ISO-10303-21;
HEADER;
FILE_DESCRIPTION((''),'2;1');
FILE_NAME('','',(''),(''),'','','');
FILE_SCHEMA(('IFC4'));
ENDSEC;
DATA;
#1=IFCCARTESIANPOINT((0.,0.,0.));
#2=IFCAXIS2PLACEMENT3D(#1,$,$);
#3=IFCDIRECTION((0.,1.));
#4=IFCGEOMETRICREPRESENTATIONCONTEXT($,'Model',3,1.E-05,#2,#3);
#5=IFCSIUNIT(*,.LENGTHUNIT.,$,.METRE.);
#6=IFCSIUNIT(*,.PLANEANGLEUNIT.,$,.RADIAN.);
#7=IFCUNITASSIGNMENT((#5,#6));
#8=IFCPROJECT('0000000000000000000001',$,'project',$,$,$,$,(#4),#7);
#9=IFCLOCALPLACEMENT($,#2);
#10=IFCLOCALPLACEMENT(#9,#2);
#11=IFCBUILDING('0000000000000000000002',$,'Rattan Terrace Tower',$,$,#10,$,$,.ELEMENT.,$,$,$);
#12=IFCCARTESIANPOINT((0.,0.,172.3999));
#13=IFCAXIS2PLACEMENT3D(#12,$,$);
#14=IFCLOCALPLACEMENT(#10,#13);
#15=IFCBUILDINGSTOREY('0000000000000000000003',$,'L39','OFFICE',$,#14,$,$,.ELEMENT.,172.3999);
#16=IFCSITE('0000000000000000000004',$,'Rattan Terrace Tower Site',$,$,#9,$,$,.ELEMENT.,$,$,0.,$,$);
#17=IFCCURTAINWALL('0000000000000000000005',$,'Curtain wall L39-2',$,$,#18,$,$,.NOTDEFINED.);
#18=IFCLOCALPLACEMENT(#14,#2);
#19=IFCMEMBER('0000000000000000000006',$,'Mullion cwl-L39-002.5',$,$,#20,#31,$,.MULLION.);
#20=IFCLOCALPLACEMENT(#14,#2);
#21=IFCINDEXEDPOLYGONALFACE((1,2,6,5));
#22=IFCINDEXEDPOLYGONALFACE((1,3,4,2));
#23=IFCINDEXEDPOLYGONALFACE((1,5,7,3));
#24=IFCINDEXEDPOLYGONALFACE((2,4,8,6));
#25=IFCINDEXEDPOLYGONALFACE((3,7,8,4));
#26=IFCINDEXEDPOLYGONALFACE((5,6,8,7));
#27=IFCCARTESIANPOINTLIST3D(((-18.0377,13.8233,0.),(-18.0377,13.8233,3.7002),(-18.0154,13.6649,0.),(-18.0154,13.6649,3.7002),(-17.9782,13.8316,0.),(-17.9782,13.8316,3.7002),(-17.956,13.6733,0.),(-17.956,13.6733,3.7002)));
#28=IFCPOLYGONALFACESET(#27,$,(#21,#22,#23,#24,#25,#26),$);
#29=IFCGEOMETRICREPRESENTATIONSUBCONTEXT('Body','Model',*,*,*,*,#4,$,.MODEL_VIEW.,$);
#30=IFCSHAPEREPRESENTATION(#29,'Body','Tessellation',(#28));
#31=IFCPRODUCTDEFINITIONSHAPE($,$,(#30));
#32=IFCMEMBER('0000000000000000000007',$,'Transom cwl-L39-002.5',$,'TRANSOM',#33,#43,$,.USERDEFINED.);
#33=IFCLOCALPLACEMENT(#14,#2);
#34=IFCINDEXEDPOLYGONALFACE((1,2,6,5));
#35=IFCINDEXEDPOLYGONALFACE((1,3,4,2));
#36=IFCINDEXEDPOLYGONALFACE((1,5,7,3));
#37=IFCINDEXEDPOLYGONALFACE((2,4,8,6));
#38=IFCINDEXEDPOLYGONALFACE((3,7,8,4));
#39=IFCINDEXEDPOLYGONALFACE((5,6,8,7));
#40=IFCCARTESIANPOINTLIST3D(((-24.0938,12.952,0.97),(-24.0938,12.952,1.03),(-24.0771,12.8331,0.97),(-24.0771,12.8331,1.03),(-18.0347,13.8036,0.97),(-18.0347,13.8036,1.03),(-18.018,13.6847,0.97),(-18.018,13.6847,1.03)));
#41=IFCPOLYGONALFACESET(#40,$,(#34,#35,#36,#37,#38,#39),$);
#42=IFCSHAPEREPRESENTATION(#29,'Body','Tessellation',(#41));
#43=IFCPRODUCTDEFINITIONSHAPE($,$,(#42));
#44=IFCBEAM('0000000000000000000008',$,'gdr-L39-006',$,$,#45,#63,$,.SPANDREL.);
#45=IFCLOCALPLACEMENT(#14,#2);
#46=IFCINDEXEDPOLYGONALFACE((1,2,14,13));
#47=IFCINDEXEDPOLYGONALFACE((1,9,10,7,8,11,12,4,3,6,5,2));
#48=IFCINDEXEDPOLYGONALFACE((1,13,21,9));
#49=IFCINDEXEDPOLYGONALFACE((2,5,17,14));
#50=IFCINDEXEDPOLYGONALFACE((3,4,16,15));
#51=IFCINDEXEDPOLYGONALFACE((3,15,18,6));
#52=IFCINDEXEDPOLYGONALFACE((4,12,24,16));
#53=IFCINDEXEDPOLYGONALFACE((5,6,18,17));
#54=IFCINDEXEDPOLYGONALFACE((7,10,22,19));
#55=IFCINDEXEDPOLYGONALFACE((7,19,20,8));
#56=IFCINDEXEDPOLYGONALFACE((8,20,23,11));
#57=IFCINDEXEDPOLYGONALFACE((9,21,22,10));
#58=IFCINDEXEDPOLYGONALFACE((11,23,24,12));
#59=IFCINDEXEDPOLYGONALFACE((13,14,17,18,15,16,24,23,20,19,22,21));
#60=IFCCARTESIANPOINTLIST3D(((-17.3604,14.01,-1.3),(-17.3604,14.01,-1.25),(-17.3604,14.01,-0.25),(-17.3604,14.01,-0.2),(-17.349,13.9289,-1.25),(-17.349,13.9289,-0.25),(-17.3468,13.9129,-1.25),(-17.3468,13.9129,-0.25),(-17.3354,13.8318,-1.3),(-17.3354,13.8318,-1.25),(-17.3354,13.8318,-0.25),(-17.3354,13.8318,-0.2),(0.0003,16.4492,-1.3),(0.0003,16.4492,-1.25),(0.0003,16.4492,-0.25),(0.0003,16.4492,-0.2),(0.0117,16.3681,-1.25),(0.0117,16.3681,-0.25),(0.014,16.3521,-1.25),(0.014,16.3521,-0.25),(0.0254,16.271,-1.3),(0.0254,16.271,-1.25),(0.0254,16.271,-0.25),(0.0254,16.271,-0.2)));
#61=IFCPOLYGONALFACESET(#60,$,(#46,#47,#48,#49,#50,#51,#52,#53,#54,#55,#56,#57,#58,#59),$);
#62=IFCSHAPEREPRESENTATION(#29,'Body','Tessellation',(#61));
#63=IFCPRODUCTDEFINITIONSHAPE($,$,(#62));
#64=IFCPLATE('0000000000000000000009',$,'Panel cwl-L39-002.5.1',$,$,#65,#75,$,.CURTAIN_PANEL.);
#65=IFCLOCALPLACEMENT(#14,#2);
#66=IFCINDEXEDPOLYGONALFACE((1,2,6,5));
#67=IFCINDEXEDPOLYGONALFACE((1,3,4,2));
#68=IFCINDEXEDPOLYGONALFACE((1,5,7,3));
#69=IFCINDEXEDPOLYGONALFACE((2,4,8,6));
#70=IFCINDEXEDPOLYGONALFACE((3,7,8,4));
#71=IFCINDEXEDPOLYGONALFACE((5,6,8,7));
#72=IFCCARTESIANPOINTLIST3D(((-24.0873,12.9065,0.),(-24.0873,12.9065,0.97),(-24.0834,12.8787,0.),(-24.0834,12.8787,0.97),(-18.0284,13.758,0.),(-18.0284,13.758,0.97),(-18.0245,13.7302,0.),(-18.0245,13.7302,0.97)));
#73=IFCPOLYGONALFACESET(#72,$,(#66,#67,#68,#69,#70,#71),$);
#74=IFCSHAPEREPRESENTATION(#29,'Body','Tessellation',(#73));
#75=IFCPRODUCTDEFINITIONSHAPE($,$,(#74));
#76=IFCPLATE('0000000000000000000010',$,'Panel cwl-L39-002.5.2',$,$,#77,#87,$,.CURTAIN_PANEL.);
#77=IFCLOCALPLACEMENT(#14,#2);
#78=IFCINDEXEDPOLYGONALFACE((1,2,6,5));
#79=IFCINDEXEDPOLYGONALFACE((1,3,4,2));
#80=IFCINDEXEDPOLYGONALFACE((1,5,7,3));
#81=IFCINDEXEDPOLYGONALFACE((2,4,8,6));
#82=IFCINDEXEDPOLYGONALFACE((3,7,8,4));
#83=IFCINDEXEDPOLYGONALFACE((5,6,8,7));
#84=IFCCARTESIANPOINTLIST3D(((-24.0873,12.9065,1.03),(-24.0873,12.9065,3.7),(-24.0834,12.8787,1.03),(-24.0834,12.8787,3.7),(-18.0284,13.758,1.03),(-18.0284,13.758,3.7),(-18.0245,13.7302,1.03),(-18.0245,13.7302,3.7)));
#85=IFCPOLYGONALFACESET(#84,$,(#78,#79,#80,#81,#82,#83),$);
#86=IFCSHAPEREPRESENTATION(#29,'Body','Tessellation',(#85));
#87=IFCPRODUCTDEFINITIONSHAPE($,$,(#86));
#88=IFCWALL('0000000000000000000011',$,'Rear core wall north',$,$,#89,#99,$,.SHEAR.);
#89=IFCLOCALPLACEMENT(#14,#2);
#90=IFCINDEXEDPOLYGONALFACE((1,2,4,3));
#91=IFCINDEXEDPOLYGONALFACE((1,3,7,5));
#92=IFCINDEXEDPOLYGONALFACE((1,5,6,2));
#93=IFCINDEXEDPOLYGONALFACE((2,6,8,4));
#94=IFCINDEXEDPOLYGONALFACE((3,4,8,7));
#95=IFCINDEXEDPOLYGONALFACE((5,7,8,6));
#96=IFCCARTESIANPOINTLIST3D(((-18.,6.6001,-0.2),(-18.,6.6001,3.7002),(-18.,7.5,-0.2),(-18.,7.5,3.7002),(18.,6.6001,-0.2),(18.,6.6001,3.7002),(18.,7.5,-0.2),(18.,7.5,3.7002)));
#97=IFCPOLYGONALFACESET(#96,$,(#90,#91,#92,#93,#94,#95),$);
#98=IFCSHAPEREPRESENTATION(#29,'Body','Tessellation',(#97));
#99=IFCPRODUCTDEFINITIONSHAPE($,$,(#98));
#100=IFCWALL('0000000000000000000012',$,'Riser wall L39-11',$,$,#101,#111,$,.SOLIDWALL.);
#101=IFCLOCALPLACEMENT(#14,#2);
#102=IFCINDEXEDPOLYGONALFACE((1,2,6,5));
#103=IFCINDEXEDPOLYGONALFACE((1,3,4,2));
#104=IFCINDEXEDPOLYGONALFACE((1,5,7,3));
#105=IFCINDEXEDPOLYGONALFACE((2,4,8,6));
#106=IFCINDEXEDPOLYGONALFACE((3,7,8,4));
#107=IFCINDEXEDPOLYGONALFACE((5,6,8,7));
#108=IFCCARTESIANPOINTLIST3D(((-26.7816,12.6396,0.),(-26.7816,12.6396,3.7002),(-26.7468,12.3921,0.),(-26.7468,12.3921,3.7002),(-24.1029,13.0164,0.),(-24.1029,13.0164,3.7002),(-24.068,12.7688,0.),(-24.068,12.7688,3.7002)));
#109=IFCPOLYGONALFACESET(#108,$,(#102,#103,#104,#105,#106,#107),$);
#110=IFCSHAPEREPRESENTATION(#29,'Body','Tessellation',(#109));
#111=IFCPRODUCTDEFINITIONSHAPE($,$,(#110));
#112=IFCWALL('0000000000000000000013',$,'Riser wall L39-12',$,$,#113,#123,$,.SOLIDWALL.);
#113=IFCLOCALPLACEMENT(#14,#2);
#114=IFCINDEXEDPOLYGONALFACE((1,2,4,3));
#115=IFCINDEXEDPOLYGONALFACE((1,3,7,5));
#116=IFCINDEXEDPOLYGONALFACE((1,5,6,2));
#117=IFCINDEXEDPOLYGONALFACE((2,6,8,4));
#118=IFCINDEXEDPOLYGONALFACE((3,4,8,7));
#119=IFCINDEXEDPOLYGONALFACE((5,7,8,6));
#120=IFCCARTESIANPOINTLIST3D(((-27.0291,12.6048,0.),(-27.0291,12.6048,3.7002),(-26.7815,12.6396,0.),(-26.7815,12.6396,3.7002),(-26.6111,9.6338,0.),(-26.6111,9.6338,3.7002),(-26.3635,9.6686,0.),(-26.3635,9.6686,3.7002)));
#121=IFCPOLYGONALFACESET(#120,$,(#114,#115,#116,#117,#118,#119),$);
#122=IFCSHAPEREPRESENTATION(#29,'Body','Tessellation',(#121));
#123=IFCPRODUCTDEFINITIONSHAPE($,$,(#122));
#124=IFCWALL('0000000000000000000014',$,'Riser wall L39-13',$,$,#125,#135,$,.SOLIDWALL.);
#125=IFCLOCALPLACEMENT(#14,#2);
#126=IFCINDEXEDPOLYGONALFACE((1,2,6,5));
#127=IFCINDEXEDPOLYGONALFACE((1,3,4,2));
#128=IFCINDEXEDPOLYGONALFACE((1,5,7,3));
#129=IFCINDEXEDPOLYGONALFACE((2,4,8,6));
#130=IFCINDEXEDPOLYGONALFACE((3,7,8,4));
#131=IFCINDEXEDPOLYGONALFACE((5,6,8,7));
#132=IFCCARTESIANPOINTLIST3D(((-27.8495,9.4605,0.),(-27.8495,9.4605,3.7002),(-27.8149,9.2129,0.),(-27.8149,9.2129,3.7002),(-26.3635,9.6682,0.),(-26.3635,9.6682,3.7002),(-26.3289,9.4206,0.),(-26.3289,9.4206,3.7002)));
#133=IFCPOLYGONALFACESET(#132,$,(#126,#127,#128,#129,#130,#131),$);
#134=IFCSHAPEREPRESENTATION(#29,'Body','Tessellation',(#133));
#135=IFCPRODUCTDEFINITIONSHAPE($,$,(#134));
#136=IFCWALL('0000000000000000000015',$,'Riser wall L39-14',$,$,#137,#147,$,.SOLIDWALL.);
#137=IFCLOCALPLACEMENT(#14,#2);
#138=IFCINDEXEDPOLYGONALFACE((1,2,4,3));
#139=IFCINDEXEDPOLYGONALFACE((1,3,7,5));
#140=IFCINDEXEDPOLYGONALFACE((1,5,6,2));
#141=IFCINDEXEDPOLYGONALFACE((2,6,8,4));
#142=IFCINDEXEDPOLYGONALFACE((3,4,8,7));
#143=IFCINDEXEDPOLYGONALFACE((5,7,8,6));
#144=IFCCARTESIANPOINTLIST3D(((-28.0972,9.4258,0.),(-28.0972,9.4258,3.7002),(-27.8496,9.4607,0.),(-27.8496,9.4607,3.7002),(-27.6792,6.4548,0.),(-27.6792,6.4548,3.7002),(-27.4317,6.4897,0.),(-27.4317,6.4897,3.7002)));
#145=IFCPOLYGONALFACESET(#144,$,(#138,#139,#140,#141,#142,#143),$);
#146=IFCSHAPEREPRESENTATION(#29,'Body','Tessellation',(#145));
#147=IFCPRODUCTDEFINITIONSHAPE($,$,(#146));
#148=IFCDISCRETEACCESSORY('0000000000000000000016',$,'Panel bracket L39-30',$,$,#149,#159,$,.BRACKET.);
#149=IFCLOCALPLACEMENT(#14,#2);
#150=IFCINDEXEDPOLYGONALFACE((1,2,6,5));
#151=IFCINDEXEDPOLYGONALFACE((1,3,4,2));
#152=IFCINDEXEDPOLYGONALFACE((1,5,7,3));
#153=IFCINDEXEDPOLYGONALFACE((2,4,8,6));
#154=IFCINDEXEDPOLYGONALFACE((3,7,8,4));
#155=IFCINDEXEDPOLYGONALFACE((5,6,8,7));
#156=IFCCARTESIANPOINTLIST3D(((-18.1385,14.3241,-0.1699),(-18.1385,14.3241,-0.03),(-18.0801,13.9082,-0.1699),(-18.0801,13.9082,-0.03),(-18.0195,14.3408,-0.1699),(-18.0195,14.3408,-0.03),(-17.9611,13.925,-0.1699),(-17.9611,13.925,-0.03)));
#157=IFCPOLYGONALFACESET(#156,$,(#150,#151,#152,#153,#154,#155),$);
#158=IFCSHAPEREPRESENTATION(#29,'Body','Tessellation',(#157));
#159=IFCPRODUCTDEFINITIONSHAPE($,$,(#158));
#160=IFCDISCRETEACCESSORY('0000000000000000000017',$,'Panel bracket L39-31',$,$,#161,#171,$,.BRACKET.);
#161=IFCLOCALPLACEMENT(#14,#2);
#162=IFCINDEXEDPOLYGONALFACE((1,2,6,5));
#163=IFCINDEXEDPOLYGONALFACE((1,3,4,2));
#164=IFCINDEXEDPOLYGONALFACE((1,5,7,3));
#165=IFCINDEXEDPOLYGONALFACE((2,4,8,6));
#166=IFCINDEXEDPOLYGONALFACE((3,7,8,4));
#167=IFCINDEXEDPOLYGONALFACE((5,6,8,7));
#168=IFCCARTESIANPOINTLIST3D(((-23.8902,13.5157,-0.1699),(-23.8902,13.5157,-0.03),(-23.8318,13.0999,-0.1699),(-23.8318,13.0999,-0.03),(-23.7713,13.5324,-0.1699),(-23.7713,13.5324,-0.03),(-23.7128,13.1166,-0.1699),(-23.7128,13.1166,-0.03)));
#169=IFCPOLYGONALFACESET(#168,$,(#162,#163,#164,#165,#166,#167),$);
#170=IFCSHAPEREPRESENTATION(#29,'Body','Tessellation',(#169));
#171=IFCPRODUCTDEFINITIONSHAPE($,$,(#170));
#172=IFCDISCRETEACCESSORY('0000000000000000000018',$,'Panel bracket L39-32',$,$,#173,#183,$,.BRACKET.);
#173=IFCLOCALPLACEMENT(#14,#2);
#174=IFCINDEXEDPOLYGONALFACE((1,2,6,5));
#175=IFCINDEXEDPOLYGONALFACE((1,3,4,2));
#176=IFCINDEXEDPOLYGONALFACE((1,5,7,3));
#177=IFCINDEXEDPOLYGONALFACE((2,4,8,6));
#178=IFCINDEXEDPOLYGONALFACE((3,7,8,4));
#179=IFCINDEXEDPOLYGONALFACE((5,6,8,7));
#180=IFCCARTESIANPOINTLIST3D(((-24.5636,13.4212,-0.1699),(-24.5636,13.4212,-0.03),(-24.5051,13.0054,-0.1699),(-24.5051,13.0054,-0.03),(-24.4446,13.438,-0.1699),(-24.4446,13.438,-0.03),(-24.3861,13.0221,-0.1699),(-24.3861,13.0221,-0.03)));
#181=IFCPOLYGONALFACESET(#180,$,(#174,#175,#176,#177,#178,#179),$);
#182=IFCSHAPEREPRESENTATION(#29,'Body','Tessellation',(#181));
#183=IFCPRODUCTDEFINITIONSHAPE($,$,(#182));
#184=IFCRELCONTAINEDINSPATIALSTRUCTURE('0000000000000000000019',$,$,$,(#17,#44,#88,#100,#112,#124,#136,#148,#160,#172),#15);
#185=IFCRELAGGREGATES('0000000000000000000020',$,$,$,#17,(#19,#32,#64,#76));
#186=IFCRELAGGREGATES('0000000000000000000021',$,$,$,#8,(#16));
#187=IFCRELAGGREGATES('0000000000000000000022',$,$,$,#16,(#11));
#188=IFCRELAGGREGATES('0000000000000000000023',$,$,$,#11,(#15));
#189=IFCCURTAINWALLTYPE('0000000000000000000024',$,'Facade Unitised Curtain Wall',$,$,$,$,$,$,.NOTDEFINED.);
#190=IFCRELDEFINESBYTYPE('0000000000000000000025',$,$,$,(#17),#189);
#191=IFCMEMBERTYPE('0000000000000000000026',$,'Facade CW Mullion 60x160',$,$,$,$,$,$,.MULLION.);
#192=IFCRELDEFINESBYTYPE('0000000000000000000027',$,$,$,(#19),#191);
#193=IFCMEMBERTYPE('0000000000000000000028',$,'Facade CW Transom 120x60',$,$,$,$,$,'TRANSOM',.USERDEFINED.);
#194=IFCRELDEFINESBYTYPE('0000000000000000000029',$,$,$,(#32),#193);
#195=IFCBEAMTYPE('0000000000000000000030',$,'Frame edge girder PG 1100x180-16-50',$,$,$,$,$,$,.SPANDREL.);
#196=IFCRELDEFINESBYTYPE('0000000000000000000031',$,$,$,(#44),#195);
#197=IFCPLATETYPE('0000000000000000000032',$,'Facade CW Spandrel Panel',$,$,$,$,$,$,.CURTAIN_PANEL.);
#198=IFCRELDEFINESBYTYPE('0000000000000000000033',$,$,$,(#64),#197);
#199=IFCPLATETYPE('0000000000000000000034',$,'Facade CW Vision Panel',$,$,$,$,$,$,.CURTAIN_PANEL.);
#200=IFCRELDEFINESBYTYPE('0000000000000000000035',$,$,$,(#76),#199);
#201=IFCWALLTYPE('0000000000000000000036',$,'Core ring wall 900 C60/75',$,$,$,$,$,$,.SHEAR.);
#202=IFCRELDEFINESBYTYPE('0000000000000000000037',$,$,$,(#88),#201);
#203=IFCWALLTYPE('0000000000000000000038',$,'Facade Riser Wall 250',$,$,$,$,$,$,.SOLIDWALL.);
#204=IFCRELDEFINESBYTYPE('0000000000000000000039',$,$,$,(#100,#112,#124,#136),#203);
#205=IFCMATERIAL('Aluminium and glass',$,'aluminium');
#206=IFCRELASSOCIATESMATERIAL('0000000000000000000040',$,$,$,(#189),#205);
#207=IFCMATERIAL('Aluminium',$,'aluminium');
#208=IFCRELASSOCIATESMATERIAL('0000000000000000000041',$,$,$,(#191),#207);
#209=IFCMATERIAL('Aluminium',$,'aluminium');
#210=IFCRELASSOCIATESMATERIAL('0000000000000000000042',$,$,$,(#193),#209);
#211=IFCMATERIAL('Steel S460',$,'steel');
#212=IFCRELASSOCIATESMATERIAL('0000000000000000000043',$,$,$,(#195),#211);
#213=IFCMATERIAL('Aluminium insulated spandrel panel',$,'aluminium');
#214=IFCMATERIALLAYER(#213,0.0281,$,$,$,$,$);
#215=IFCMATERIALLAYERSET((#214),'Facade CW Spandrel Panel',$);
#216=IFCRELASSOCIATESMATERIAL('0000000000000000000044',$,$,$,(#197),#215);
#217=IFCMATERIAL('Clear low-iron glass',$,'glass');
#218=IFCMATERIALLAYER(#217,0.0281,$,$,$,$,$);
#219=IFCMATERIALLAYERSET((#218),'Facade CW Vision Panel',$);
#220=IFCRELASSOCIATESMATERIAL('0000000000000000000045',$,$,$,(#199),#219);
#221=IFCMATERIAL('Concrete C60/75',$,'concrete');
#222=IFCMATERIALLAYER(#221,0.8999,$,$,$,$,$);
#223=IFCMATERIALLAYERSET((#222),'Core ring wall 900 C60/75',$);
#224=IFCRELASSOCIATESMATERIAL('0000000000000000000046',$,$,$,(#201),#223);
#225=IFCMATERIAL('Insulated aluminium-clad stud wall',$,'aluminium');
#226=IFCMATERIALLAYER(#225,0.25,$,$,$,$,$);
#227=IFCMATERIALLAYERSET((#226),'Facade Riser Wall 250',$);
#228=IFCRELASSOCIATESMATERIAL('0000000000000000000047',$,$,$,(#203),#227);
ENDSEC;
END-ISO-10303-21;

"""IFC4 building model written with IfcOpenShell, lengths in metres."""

from ifc_helpers import new_model, si_unit, direction, frame, frame_2d, origin, origin_2d, place, context, subcontext, project, spatial, rectangle, i_section, extrude, material, layer, layer_set, material_profile, profile_set, type_object, element, aggregate, save


model = new_model("IFC4")

# Units and contexts
model_context = context("Model", 3, precision=1e-05, world=origin(), true_north=direction((0.0, 1.0)))
body_context = subcontext(model_context, "Body", "Model", "MODEL_VIEW")
ifc_project = project(units=[si_unit("LENGTHUNIT", "METRE"), si_unit("PLANEANGLEUNIT", "RADIAN")], contexts=[model_context])

# Site, building, storey
site_placement = place(None, origin())
site = spatial("IfcSite", under=ifc_project, at=site_placement, Name="Rattan Terrace Tower Site", CompositionType="ELEMENT", RefElevation=0.0)
building_placement = place(site_placement, origin())
building = spatial("IfcBuilding", under=site, at=building_placement, Name="Rattan Terrace Tower", CompositionType="ELEMENT")
storey_placement = place(building_placement, frame((0.0, 0.0, 172.3999)))
storey = spatial("IfcBuildingStorey", under=building, at=storey_placement, Name="L39", Description="OFFICE", CompositionType="ELEMENT", Elevation=172.3999)

# Curtain wall, members
ifc_material_1 = material(Name="Aluminium and glass", Category="aluminium")
curtain_wall_type = type_object("IfcCurtainWallType", Name="Facade Unitised Curtain Wall", PredefinedType="NOTDEFINED", material=ifc_material_1)
curtain_wall_placement = place(storey_placement, origin())
curtain_wall = element("IfcCurtainWall", 1, at=curtain_wall_placement, inside=storey, type_object=curtain_wall_type, Name="Curtain wall L39-2", PredefinedType="NOTDEFINED")
ifc_material_2 = material(Name="Aluminium", Category="aluminium")
ifc_material_profile_1 = material_profile(ifc_material_2, rectangle(XDim=0.0601, YDim=0.1599, at=origin_2d()), Name="Aluminium 60x160")
ifc_profile_set_1 = profile_set([ifc_material_profile_1], Name="Aluminium")
member_type_1 = type_object("IfcMemberType", Name="Facade CW Mullion 60x160", PredefinedType="MULLION", material=ifc_profile_set_1)
member_1_placement = place(storey_placement, frame((-17.9968, 13.7483, 0.0), z_axis=(0.0, 0.0, 1.0), x_axis=(-0.99027, -0.139161, 0.0)))
member_1 = element("IfcMember", 2, at=member_1_placement, type_object=member_type_1, Name="Mullion cwl-L39-002.5", PredefinedType="MULLION", context=body_context, shape_type="SweptSolid", body=[
    extrude(rectangle(XDim=0.0601, YDim=0.1599, at=origin_2d()), origin(), (0.0, 0.0, 1.0), 3.7002),
])
ifc_material_3 = material(Name="Aluminium", Category="aluminium")
ifc_material_profile_2 = material_profile(ifc_material_3, rectangle(XDim=0.1201, YDim=0.0601, at=origin_2d()), Name="Aluminium 120x60")
ifc_profile_set_2 = profile_set([ifc_material_profile_2], Name="Aluminium")
member_type_2 = type_object("IfcMemberType", Name="Facade CW Transom 120x60", ElementType="TRANSOM", PredefinedType="USERDEFINED", material=ifc_profile_set_2)
member_2_placement = place(storey_placement, frame((-18.0264, 13.7441, 1.0), z_axis=(-0.990268, -0.139175, 0.0), x_axis=(0.139175, -0.990268, 0.0)))
member_2 = element("IfcMember", 3, at=member_2_placement, type_object=member_type_2, Name="Transom cwl-L39-002.5", ObjectType="TRANSOM", PredefinedType="USERDEFINED", context=body_context, shape_type="SweptSolid", body=[
    extrude(rectangle(XDim=0.1201, YDim=0.0601, at=origin_2d()), origin(), (0.0, 0.0, 1.0), 6.1187),
])

# Beam
ifc_material_4 = material(Name="Steel S460", Category="steel")
ifc_material_profile_3 = material_profile(ifc_material_4, i_section(OverallWidth=0.1799, OverallDepth=1.1001, WebThickness=0.0161, FlangeThickness=0.05, at=origin_2d()), Name="PG 1100x180-16-50")
ifc_profile_set_3 = profile_set([ifc_material_profile_3], Name="Steel S460")
beam_type = type_object("IfcBeamType", Name="Frame edge girder PG 1100x180-16-50", PredefinedType="SPANDREL", material=ifc_profile_set_3)
beam_placement = place(storey_placement, frame((-17.3479, 13.9209, -0.75), z_axis=(0.990274, 0.139134, 0.0), x_axis=(-0.139134, 0.990274, 0.0)))
element("IfcBeam", 4, at=beam_placement, inside=storey, type_object=beam_type, Name="gdr-L39-006", PredefinedType="SPANDREL", context=body_context, shape_type="SweptSolid", body=[
    extrude(i_section(OverallWidth=0.1799, OverallDepth=1.1001, WebThickness=0.0161, FlangeThickness=0.05, at=origin_2d()), origin(), (0.0, 0.0, 1.0), 17.5312),
])

# Plates
ifc_material_5 = material(Name="Aluminium insulated spandrel panel", Category="aluminium")
ifc_layer_1 = layer(ifc_material_5, 0.0281)
ifc_layer_set_1 = layer_set([ifc_layer_1], Name="Facade CW Spandrel Panel")
plate_type_1 = type_object("IfcPlateType", Name="Facade CW Spandrel Panel", PredefinedType="CURTAIN_PANEL", material=ifc_layer_set_1)
plate_1_placement = place(storey_placement, frame((-21.0559, 13.3184, 0.0), z_axis=(0.0, 0.0, 1.0), x_axis=(-0.99027, -0.139161, 0.0)))
plate_1 = element("IfcPlate", 5, at=plate_1_placement, type_object=plate_type_1, Name="Panel cwl-L39-002.5.1", PredefinedType="CURTAIN_PANEL", context=body_context, shape_type="SweptSolid", body=[
    extrude(rectangle(XDim=6.1184, YDim=0.0281, at=origin_2d()), origin(), (0.0, 0.0, 1.0), 0.97),
])
ifc_material_6 = material(Name="Clear low-iron glass", Category="glass")
ifc_layer_2 = layer(ifc_material_6, 0.0281)
ifc_layer_set_2 = layer_set([ifc_layer_2], Name="Facade CW Vision Panel")
plate_type_2 = type_object("IfcPlateType", Name="Facade CW Vision Panel", PredefinedType="CURTAIN_PANEL", material=ifc_layer_set_2)
plate_2_placement = place(storey_placement, frame((-21.0559, 13.3184, 1.03), z_axis=(0.0, 0.0, 1.0), x_axis=(-0.99027, -0.139161, 0.0)))
plate_2 = element("IfcPlate", 6, at=plate_2_placement, type_object=plate_type_2, Name="Panel cwl-L39-002.5.2", PredefinedType="CURTAIN_PANEL", context=body_context, shape_type="SweptSolid", body=[
    extrude(rectangle(XDim=6.1184, YDim=0.0281, at=origin_2d()), origin(), (0.0, 0.0, 1.0), 2.6699),
])
aggregate(curtain_wall, [member_1, member_2, plate_1, plate_2])

# Walls
ifc_material_7 = material(Name="Concrete C60/75", Category="concrete")
ifc_layer_3 = layer(ifc_material_7, 0.8999)
ifc_layer_set_3 = layer_set([ifc_layer_3], Name="Core ring wall 900 C60/75")
wall_type_1 = type_object("IfcWallType", Name="Core ring wall 900 C60/75", PredefinedType="SHEAR", material=ifc_layer_set_3)
wall_1_placement = place(storey_placement, frame((-18.0, 7.05, -0.2), z_axis=(0.0, 0.0, 1.0), x_axis=(1.0, 0.0, 0.0)))
element("IfcWall", 7, at=wall_1_placement, inside=storey, type_object=wall_type_1, Name="Rear core wall north", PredefinedType="SHEAR", context=body_context, shape_type="SweptSolid", body=[
    extrude(rectangle(XDim=36.0, YDim=0.8999, at=frame_2d((18.0, 0.0))), origin(), (0.0, 0.0, 1.0), 3.9001),
])
ifc_material_8 = material(Name="Insulated aluminium-clad stud wall", Category="aluminium")
ifc_layer_4 = layer(ifc_material_8, 0.25)
ifc_layer_set_4 = layer_set([ifc_layer_4], Name="Facade Riser Wall 250")
wall_type_2 = type_object("IfcWallType", Name="Facade Riser Wall 250", PredefinedType="SOLIDWALL", material=ifc_layer_set_4)
wall_2_placement = place(storey_placement, frame((-24.0854, 12.8926, 0.0), z_axis=(0.0, 0.0, 1.0), x_axis=(-0.990256, -0.13926, 0.0)))
element("IfcWall", 8, at=wall_2_placement, inside=storey, type_object=wall_type_2, Name="Riser wall L39-11", PredefinedType="SOLIDWALL", context=body_context, shape_type="SweptSolid", body=[
    extrude(rectangle(XDim=2.7051, YDim=0.25, at=frame_2d((1.3525, 0.0))), origin(), (0.0, 0.0, 1.0), 3.7002),
])
wall_3_placement = place(storey_placement, frame((-26.9053, 12.6221, 0.0), z_axis=(0.0, 0.0, 1.0), x_axis=(0.139313, -0.990248, 0.0)))
element("IfcWall", 9, at=wall_3_placement, inside=storey, type_object=wall_type_2, Name="Riser wall L39-12", PredefinedType="SOLIDWALL", context=body_context, shape_type="SweptSolid", body=[
    extrude(rectangle(XDim=3.0002, YDim=0.25, at=frame_2d((1.5, 0.0))), origin(), (0.0, 0.0, 1.0), 3.7002),
])
wall_4_placement = place(storey_placement, frame((-26.3462, 9.5444, 0.0), z_axis=(0.0, 0.0, 1.0), x_axis=(-0.990368, -0.13846, 0.0)))
element("IfcWall", 10, at=wall_4_placement, inside=storey, type_object=wall_type_2, Name="Riser wall L39-13", PredefinedType="SOLIDWALL", context=body_context, shape_type="SweptSolid", body=[
    extrude(rectangle(XDim=1.5005, YDim=0.25, at=frame_2d((0.7502, 0.0))), origin(), (0.0, 0.0, 1.0), 3.7002),
])
wall_5_placement = place(storey_placement, frame((-27.9734, 9.4431, 0.0), z_axis=(0.0, 0.0, 1.0), x_axis=(0.139313, -0.990248, 0.0)))
element("IfcWall", 11, at=wall_5_placement, inside=storey, type_object=wall_type_2, Name="Riser wall L39-14", PredefinedType="SOLIDWALL", context=body_context, shape_type="SweptSolid", body=[
    extrude(rectangle(XDim=3.0002, YDim=0.25, at=frame_2d((1.5, 0.0))), origin(), (0.0, 0.0, 1.0), 3.7002),
])

# Discrete accessories
for number, where, z_axis, x_axis, name in (
    (12, (-18.0498, 14.1245, -0.1699), (0.0, 0.0, 1.0), (-0.99027, -0.139161, 0.0), "Panel bracket L39-30"),
    (13, (-23.8015, 13.3162, -0.1699), (0.0, 0.0, 1.0), (-0.99027, -0.139161, 0.0), "Panel bracket L39-31"),
    (14, (-24.4749, 13.2217, -0.1699), (0.0, 0.0, 1.0), (-0.990247, -0.139321, 0.0), "Panel bracket L39-32"),
):
    element("IfcDiscreteAccessory", number, at=place(storey_placement, frame(where, z_axis=z_axis, x_axis=x_axis)), inside=storey, Name=name, PredefinedType="BRACKET", context=body_context, shape_type="SweptSolid", body=[
        extrude(rectangle(XDim=0.1201, YDim=0.4199, at=origin_2d()), origin(), (0.0, 0.0, 1.0), 0.1399),
    ])

save(model, "model.ifc")
